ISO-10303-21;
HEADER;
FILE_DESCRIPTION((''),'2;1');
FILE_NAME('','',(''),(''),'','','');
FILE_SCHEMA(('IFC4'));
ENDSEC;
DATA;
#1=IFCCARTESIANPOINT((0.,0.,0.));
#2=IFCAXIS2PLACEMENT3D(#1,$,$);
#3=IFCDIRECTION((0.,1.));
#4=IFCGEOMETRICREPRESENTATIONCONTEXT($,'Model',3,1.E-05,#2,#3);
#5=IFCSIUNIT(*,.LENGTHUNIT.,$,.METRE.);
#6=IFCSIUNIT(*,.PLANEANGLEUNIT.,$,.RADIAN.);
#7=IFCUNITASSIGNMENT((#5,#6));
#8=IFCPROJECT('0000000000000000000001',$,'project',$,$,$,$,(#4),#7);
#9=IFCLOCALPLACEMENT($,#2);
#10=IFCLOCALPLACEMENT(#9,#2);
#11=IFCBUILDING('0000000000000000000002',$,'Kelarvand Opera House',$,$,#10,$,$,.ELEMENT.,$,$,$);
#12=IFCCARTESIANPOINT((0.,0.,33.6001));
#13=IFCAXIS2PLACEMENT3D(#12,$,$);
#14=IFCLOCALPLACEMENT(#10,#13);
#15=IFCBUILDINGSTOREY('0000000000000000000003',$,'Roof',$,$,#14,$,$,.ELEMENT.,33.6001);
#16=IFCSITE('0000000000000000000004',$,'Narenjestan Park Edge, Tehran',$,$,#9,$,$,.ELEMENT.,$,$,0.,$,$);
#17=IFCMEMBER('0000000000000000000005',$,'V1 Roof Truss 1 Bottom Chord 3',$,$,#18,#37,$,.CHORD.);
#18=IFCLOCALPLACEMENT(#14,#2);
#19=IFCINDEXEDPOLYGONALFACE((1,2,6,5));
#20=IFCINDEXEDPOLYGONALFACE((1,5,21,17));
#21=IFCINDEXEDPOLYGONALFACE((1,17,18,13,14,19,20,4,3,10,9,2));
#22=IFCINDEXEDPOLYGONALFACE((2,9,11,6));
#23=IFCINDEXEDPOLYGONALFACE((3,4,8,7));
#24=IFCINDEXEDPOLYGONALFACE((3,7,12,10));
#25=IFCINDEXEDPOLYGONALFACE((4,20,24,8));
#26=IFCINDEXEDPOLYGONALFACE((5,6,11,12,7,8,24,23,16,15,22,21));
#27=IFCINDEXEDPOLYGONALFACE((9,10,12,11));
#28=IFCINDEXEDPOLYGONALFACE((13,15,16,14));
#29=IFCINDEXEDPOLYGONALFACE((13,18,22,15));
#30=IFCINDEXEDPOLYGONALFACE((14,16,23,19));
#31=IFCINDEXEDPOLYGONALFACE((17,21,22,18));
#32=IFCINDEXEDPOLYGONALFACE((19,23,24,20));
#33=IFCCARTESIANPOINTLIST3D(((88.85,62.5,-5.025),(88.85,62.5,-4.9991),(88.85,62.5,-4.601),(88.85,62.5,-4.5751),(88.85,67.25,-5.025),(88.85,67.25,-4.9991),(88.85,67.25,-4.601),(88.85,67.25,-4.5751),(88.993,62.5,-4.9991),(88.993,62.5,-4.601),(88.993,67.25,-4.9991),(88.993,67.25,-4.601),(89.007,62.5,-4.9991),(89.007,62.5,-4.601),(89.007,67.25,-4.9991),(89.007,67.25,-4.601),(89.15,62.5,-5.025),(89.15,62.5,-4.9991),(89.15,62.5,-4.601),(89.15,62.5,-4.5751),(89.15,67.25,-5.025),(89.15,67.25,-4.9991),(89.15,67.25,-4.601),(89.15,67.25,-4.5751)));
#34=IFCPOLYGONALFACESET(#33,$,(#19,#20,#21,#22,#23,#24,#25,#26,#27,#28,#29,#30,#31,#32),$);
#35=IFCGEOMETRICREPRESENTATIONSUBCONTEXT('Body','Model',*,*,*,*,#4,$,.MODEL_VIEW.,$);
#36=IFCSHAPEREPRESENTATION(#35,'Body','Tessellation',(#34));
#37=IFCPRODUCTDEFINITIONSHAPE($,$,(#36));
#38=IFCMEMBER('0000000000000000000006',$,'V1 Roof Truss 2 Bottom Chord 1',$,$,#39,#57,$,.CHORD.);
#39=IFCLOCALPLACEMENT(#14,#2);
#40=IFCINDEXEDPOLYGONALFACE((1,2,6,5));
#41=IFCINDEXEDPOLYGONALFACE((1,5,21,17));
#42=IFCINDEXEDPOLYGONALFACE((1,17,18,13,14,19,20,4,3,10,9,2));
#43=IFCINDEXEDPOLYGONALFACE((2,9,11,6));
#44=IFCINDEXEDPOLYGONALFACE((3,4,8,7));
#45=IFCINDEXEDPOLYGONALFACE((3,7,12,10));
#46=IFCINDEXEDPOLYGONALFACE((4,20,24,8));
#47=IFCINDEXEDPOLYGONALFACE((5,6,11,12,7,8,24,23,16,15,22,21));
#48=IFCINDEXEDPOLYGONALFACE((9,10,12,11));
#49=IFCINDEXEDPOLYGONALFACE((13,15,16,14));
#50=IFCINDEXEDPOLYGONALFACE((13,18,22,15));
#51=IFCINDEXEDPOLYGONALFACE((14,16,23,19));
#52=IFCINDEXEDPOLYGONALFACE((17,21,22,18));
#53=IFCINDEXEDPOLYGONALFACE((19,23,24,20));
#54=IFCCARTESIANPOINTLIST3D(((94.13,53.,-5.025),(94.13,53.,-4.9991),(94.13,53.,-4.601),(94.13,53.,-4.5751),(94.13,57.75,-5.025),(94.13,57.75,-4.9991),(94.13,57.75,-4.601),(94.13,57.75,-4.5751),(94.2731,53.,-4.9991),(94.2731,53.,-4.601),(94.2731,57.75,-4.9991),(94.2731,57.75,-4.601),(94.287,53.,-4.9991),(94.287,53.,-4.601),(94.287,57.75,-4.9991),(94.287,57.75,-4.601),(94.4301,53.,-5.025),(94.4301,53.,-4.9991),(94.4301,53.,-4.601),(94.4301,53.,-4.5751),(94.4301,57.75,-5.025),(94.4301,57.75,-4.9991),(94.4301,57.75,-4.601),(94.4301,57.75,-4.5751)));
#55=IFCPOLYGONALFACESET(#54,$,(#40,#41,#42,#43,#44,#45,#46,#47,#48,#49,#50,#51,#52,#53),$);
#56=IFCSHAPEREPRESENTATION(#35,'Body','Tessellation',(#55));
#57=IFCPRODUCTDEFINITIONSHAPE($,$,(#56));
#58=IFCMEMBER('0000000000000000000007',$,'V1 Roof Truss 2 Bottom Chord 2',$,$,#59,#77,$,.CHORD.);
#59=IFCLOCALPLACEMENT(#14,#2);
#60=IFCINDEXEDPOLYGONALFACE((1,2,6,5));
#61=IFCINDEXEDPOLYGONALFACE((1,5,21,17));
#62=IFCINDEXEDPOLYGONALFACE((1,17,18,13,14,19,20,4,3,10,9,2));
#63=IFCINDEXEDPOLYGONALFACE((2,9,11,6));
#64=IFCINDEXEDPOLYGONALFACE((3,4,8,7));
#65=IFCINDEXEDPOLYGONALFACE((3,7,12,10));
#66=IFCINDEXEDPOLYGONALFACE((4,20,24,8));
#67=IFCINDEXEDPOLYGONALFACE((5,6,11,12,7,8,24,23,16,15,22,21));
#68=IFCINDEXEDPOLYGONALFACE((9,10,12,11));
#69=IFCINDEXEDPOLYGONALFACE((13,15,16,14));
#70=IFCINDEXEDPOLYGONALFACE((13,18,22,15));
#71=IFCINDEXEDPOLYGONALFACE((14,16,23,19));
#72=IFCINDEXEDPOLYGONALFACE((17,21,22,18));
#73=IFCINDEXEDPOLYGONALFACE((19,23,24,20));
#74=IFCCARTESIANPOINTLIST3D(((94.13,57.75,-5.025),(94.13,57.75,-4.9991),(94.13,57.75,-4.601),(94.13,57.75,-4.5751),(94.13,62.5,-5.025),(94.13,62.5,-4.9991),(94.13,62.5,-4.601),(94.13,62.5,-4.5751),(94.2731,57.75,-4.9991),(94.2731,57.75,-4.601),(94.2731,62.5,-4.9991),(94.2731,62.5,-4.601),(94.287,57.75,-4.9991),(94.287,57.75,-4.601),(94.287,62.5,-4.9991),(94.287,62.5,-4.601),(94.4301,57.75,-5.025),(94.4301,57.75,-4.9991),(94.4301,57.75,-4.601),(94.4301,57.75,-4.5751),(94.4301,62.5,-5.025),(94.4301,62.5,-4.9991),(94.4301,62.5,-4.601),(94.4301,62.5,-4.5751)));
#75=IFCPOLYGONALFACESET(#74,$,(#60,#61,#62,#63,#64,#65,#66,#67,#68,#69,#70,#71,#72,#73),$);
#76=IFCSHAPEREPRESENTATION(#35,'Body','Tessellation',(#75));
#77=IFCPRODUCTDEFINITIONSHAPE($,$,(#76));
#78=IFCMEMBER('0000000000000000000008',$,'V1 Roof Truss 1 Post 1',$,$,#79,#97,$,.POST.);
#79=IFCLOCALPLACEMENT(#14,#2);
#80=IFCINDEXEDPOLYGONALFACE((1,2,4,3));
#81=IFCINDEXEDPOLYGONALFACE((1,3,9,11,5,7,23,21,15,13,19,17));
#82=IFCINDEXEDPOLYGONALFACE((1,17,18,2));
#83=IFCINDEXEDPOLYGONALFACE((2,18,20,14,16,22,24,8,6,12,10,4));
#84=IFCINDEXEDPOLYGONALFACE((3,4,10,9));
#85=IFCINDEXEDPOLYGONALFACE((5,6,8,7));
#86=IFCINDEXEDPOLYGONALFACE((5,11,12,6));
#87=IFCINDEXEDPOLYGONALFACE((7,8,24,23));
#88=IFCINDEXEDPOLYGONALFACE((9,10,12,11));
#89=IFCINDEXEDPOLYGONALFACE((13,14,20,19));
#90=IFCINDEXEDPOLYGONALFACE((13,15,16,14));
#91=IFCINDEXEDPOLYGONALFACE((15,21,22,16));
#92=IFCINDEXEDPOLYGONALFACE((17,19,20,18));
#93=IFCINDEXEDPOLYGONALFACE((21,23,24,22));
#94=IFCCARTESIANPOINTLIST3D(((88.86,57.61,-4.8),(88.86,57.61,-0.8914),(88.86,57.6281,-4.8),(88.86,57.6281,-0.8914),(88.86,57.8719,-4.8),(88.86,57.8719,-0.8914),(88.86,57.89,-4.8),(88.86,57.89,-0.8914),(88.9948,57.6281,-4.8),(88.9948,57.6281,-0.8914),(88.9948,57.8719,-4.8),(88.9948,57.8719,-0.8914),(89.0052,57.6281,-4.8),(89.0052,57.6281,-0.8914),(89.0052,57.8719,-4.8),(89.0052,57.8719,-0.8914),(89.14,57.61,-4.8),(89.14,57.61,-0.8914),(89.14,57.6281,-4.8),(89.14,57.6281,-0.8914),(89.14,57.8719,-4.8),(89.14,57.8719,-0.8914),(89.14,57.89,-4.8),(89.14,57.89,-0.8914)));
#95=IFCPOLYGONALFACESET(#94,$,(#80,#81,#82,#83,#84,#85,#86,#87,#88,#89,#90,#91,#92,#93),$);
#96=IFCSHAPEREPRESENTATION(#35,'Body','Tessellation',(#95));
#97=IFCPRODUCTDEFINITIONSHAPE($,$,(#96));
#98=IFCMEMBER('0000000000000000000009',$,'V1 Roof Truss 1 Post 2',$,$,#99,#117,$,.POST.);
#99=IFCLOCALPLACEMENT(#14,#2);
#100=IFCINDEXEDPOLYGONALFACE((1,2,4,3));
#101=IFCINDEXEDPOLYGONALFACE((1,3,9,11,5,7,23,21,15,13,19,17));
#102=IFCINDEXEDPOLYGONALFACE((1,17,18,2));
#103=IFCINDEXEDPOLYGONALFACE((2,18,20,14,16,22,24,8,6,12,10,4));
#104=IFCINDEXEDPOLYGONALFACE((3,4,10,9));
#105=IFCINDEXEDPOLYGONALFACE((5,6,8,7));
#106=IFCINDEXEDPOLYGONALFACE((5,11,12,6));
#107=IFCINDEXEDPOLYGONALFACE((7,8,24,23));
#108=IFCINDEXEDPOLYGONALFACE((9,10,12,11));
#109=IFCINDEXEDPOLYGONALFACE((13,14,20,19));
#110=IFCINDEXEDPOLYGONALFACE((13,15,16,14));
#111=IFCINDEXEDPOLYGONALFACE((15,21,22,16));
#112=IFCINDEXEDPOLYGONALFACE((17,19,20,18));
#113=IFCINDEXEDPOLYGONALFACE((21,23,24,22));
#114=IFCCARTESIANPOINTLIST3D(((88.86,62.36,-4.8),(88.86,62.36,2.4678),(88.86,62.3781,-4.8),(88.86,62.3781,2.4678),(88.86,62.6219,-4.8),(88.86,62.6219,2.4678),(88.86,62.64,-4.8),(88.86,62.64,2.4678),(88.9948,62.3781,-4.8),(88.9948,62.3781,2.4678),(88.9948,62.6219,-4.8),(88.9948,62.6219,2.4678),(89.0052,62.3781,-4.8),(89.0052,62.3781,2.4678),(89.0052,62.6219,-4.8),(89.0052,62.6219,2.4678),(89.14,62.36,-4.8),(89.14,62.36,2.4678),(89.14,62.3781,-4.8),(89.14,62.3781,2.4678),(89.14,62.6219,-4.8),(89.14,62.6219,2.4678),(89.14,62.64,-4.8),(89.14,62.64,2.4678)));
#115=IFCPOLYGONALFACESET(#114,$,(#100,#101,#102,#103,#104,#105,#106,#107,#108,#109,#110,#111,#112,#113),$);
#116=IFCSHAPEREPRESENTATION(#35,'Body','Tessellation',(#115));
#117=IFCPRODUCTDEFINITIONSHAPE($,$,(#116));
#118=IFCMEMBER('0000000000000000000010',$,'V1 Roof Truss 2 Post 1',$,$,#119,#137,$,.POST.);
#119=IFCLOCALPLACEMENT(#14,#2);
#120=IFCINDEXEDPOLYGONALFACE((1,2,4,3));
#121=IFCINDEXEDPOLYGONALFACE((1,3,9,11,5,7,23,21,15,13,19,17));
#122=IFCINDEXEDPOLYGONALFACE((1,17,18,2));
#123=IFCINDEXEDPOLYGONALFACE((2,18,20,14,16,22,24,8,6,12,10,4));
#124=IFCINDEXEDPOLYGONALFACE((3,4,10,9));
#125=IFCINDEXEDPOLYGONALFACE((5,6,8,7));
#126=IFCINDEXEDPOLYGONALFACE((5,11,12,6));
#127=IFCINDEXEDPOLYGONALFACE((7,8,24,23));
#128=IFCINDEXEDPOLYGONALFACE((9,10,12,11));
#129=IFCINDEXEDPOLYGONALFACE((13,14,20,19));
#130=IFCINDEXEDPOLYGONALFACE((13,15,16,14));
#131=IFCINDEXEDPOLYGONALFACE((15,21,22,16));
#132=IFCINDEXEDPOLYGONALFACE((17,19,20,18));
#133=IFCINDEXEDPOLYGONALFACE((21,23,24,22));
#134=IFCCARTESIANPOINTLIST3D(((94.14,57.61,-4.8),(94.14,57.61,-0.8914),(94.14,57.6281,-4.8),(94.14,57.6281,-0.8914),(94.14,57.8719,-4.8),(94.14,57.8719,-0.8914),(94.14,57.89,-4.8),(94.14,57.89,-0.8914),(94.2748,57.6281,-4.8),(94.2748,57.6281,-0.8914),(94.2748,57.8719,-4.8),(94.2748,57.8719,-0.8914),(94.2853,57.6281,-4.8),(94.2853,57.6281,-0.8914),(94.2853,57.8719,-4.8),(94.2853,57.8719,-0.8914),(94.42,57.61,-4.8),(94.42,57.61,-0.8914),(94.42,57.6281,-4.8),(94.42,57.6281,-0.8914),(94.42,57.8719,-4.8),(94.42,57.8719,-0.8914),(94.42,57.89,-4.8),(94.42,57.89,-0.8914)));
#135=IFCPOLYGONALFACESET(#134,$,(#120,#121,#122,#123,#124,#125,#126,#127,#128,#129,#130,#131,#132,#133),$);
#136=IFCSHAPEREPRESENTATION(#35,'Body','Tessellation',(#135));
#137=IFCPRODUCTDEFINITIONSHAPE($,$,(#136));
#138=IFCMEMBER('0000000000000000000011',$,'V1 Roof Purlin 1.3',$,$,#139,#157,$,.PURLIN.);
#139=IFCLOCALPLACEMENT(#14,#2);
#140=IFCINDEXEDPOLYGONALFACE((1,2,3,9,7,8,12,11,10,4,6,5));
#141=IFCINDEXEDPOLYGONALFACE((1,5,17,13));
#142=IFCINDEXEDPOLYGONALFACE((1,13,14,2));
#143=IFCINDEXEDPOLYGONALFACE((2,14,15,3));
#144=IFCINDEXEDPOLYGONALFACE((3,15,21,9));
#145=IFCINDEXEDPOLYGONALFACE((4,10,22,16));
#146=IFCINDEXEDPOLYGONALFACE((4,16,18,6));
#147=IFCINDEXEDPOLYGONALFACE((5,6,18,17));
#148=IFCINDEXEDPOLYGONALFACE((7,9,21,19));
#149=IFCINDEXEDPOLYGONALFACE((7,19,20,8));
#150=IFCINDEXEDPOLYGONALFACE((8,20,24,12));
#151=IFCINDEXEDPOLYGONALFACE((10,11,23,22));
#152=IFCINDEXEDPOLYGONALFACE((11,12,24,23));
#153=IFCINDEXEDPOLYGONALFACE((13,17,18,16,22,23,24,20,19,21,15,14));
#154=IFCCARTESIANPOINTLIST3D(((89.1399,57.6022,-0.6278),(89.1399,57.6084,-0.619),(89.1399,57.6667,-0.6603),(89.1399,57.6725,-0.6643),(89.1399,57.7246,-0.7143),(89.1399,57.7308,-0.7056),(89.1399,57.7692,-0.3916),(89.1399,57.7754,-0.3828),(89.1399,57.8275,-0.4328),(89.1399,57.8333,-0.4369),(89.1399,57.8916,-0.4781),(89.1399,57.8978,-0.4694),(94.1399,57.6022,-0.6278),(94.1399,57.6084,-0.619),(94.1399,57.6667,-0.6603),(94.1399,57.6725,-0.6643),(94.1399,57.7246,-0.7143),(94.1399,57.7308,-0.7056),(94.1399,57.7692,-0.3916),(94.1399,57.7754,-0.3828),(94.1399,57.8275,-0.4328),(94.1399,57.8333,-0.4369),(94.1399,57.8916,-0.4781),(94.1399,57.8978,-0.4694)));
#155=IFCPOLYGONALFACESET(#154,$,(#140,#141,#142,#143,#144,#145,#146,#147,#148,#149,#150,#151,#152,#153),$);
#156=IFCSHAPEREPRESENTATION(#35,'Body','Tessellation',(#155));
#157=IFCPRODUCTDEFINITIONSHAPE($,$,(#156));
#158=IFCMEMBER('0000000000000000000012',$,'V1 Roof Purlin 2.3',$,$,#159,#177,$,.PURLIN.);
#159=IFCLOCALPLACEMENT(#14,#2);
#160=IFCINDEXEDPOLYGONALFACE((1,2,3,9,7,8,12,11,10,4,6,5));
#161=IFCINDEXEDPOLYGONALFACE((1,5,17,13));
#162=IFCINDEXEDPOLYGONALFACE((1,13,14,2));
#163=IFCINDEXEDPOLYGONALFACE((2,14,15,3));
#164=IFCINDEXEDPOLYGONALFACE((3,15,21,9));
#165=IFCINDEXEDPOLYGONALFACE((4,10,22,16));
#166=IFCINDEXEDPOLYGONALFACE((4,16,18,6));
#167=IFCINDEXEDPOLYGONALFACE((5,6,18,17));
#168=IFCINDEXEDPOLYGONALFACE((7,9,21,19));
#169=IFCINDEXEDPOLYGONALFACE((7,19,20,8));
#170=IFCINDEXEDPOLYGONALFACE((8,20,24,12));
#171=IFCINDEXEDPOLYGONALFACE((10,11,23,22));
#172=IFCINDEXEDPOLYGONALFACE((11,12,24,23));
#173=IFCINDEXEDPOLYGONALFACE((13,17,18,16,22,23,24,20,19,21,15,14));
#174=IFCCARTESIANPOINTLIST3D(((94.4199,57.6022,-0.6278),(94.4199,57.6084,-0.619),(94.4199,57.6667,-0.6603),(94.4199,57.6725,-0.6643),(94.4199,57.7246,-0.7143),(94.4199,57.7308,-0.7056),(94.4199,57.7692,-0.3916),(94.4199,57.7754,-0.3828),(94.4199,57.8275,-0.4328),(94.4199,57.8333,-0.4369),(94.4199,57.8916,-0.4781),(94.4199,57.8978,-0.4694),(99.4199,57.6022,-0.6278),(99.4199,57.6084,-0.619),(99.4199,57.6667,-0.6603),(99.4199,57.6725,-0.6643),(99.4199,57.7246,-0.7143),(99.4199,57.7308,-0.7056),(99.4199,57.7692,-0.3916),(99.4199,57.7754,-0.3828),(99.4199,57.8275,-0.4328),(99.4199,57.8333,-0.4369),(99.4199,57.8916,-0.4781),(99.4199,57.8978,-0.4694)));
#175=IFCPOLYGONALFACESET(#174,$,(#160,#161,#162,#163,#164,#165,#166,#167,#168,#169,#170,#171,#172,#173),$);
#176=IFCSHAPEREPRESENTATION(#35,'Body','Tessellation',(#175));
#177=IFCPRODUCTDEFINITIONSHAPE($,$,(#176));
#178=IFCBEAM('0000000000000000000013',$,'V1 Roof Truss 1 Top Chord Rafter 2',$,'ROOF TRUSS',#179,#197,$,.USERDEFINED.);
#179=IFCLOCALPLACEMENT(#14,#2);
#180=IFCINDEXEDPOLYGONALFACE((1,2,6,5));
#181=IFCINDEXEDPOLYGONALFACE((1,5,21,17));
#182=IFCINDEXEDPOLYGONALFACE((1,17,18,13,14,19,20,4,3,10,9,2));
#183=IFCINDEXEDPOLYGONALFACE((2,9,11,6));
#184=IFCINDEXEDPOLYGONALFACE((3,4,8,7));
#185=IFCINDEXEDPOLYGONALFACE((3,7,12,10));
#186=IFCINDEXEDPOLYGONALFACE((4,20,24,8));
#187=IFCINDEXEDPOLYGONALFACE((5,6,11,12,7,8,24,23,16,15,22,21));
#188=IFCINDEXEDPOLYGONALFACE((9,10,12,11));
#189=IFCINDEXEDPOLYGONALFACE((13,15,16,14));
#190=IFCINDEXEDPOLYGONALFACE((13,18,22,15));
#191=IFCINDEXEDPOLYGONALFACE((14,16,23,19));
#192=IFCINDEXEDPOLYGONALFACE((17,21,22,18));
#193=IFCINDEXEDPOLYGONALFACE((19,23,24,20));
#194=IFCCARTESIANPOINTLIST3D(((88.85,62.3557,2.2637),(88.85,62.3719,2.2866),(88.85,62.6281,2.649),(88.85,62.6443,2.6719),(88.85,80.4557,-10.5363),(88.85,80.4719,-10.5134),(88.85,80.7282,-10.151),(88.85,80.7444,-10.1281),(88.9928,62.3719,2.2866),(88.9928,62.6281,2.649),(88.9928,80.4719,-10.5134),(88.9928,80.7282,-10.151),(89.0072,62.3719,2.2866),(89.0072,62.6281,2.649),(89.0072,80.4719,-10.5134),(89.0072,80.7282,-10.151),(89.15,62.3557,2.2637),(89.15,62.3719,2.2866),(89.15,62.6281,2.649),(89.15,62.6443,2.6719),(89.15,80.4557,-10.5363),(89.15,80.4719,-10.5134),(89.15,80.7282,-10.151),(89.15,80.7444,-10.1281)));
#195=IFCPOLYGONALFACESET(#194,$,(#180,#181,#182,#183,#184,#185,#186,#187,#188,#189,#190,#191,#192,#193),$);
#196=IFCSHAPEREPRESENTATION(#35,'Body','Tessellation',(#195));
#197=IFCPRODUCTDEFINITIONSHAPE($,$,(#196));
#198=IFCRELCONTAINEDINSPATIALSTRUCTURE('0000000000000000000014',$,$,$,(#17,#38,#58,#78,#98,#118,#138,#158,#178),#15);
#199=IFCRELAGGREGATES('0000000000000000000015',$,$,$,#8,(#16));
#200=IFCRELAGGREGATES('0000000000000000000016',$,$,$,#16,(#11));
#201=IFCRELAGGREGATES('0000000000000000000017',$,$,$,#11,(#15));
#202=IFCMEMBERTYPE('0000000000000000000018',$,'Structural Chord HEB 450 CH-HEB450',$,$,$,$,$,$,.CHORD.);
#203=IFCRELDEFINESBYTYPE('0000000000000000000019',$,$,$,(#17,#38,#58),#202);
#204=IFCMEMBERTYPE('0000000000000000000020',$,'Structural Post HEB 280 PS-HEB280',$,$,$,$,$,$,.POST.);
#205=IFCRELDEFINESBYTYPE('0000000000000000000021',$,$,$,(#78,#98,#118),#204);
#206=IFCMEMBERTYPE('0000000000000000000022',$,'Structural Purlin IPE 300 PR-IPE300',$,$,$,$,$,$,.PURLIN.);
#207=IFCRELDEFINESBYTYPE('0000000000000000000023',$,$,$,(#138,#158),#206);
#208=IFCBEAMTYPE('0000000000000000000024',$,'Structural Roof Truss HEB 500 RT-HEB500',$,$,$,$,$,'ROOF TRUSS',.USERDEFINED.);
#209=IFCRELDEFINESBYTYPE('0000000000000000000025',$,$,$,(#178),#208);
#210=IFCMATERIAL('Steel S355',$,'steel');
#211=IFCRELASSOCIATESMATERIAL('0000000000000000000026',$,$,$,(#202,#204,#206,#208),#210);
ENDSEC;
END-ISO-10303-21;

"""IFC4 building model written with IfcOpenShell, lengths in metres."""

from ifc_helpers import new_model, si_unit, direction, frame, origin, origin_2d, place, context, subcontext, project, spatial, i_section, extrude, material, material_profile, profile_set, type_object, element, save


model = new_model("IFC4")

# Units and contexts
model_context = context("Model", 3, precision=1e-05, world=origin(), true_north=direction((0.0, 1.0)))
body_context = subcontext(model_context, "Body", "Model", "MODEL_VIEW")
ifc_project = project(units=[si_unit("LENGTHUNIT", "METRE"), si_unit("PLANEANGLEUNIT", "RADIAN")], contexts=[model_context])

# Site, building, storey
site_placement = place(None, origin())
site = spatial("IfcSite", under=ifc_project, at=site_placement, Name="Narenjestan Park Edge, Tehran", CompositionType="ELEMENT", RefElevation=0.0)
building_placement = place(site_placement, origin())
building = spatial("IfcBuilding", under=site, at=building_placement, Name="Kelarvand Opera House", CompositionType="ELEMENT")
storey_placement = place(building_placement, frame((0.0, 0.0, 33.6001)))
storey = spatial("IfcBuildingStorey", under=building, at=storey_placement, Name="Roof", CompositionType="ELEMENT", Elevation=33.6001)

# Members
ifc_material_1 = material(Name="Steel S355", Category="steel")
ifc_material_profile_1 = material_profile(ifc_material_1, i_section(OverallWidth=0.3, OverallDepth=0.45, WebThickness=0.0139, FlangeThickness=0.0259, at=origin_2d()), Name="HEB 450", Category="steel")
ifc_profile_set_1 = profile_set([ifc_material_profile_1], Name="Steel S355")
member_type_1 = type_object("IfcMemberType", Name="Structural Chord HEB 450 CH-HEB450", PredefinedType="CHORD", material=ifc_profile_set_1)
for number, where, z_axis, x_axis, name in (
    (1, (89.0, 62.5, -4.8), (0.0, 1.0, 0.0), (-1.0, 0.0, 0.0), "V1 Roof Truss 1 Bottom Chord 3"),
    (2, (94.28, 53.0, -4.8), (0.0, 1.0, 0.0), (-1.0, 0.0, 0.0), "V1 Roof Truss 2 Bottom Chord 1"),
    (3, (94.28, 57.75, -4.8), (0.0, 1.0, 0.0), (-1.0, 0.0, 0.0), "V1 Roof Truss 2 Bottom Chord 2"),
):
    element("IfcMember", number, at=place(storey_placement, frame(where, z_axis=z_axis, x_axis=x_axis)), inside=storey, type_object=member_type_1, Name=name, PredefinedType="CHORD", context=body_context, shape_type="SweptSolid", body=[
        extrude(i_section(OverallWidth=0.3, OverallDepth=0.45, WebThickness=0.0139, FlangeThickness=0.0259, at=origin_2d()), origin(), (0.0, 0.0, 1.0), 4.75),
    ])
ifc_material_profile_2 = material_profile(ifc_material_1, i_section(OverallWidth=0.28, OverallDepth=0.28, WebThickness=0.0105, FlangeThickness=0.0181, at=origin_2d()), Name="HEB 280", Category="steel")
ifc_profile_set_2 = profile_set([ifc_material_profile_2], Name="Steel S355")
member_type_2 = type_object("IfcMemberType", Name="Structural Post HEB 280 PS-HEB280", PredefinedType="POST", material=ifc_profile_set_2)
member_1_placement = place(storey_placement, frame((89.0, 57.75, -4.8), z_axis=(0.0, 0.0, 1.0), x_axis=(1.0, 0.0, 0.0)))
element("IfcMember", 4, at=member_1_placement, inside=storey, type_object=member_type_2, Name="V1 Roof Truss 1 Post 1", PredefinedType="POST", context=body_context, shape_type="SweptSolid", body=[
    extrude(i_section(OverallWidth=0.28, OverallDepth=0.28, WebThickness=0.0105, FlangeThickness=0.0181, at=origin_2d()), origin(), (0.0, 0.0, 1.0), 3.9087),
])
member_2_placement = place(storey_placement, frame((89.0, 62.5, -4.8), z_axis=(0.0, 0.0, 1.0), x_axis=(1.0, 0.0, 0.0)))
element("IfcMember", 5, at=member_2_placement, inside=storey, type_object=member_type_2, Name="V1 Roof Truss 1 Post 2", PredefinedType="POST", context=body_context, shape_type="SweptSolid", body=[
    extrude(i_section(OverallWidth=0.28, OverallDepth=0.28, WebThickness=0.0105, FlangeThickness=0.0181, at=origin_2d()), origin(), (0.0, 0.0, 1.0), 7.2678),
])
member_3_placement = place(storey_placement, frame((94.28, 57.75, -4.8), z_axis=(0.0, 0.0, 1.0), x_axis=(1.0, 0.0, 0.0)))
element("IfcMember", 6, at=member_3_placement, inside=storey, type_object=member_type_2, Name="V1 Roof Truss 2 Post 1", PredefinedType="POST", context=body_context, shape_type="SweptSolid", body=[
    extrude(i_section(OverallWidth=0.28, OverallDepth=0.28, WebThickness=0.0105, FlangeThickness=0.0181, at=origin_2d()), origin(), (0.0, 0.0, 1.0), 3.9087),
])
ifc_material_profile_3 = material_profile(ifc_material_1, i_section(OverallWidth=0.1499, OverallDepth=0.3, WebThickness=0.0071, FlangeThickness=0.0107, at=origin_2d()), Name="IPE 300", Category="steel")
ifc_profile_set_3 = profile_set([ifc_material_profile_3], Name="Steel S355")
member_type_3 = type_object("IfcMemberType", Name="Structural Purlin IPE 300 PR-IPE300", PredefinedType="PURLIN", material=ifc_profile_set_3)
for number, where, z_axis, x_axis, name in (
    (7, (89.1399, 57.75, -0.5486), (1.0, 0.0, 0.0), (0.0, 0.81644, -0.57743), "V1 Roof Purlin 1.3"),
    (8, (94.4199, 57.75, -0.5486), (1.0, 0.0, 0.0), (0.0, 0.81644, -0.57743), "V1 Roof Purlin 2.3"),
):
    element("IfcMember", number, at=place(storey_placement, frame(where, z_axis=z_axis, x_axis=x_axis)), inside=storey, type_object=member_type_3, Name=name, PredefinedType="PURLIN", context=body_context, shape_type="SweptSolid", body=[
        extrude(i_section(OverallWidth=0.1499, OverallDepth=0.3, WebThickness=0.0071, FlangeThickness=0.0107, at=origin_2d()), origin(), (0.0, 0.0, 1.0), 5.0),
    ])

# Beam
ifc_material_profile_4 = material_profile(ifc_material_1, i_section(OverallWidth=0.3, OverallDepth=0.5, WebThickness=0.0144, FlangeThickness=0.0281, at=origin_2d()), Name="HEB 500", Category="steel")
ifc_profile_set_4 = profile_set([ifc_material_profile_4], Name="Steel S355")
beam_type = type_object("IfcBeamType", Name="Structural Roof Truss HEB 500 RT-HEB500", ElementType="ROOF TRUSS", PredefinedType="USERDEFINED", material=ifc_profile_set_4)
beam_placement = place(storey_placement, frame((89.0, 62.5, 2.4678), z_axis=(0.0, 0.816468, -0.577391), x_axis=(-1.0, 0.0, 0.0)))
element("IfcBeam", 9, at=beam_placement, inside=storey, type_object=beam_type, Name="V1 Roof Truss 1 Top Chord Rafter 2", ObjectType="ROOF TRUSS", PredefinedType="USERDEFINED", context=body_context, shape_type="SweptSolid", body=[
    extrude(i_section(OverallWidth=0.3, OverallDepth=0.5, WebThickness=0.0144, FlangeThickness=0.0281, at=origin_2d()), origin(), (0.0, 0.0, 1.0), 22.1687),
])

save(model, "model.ifc")
